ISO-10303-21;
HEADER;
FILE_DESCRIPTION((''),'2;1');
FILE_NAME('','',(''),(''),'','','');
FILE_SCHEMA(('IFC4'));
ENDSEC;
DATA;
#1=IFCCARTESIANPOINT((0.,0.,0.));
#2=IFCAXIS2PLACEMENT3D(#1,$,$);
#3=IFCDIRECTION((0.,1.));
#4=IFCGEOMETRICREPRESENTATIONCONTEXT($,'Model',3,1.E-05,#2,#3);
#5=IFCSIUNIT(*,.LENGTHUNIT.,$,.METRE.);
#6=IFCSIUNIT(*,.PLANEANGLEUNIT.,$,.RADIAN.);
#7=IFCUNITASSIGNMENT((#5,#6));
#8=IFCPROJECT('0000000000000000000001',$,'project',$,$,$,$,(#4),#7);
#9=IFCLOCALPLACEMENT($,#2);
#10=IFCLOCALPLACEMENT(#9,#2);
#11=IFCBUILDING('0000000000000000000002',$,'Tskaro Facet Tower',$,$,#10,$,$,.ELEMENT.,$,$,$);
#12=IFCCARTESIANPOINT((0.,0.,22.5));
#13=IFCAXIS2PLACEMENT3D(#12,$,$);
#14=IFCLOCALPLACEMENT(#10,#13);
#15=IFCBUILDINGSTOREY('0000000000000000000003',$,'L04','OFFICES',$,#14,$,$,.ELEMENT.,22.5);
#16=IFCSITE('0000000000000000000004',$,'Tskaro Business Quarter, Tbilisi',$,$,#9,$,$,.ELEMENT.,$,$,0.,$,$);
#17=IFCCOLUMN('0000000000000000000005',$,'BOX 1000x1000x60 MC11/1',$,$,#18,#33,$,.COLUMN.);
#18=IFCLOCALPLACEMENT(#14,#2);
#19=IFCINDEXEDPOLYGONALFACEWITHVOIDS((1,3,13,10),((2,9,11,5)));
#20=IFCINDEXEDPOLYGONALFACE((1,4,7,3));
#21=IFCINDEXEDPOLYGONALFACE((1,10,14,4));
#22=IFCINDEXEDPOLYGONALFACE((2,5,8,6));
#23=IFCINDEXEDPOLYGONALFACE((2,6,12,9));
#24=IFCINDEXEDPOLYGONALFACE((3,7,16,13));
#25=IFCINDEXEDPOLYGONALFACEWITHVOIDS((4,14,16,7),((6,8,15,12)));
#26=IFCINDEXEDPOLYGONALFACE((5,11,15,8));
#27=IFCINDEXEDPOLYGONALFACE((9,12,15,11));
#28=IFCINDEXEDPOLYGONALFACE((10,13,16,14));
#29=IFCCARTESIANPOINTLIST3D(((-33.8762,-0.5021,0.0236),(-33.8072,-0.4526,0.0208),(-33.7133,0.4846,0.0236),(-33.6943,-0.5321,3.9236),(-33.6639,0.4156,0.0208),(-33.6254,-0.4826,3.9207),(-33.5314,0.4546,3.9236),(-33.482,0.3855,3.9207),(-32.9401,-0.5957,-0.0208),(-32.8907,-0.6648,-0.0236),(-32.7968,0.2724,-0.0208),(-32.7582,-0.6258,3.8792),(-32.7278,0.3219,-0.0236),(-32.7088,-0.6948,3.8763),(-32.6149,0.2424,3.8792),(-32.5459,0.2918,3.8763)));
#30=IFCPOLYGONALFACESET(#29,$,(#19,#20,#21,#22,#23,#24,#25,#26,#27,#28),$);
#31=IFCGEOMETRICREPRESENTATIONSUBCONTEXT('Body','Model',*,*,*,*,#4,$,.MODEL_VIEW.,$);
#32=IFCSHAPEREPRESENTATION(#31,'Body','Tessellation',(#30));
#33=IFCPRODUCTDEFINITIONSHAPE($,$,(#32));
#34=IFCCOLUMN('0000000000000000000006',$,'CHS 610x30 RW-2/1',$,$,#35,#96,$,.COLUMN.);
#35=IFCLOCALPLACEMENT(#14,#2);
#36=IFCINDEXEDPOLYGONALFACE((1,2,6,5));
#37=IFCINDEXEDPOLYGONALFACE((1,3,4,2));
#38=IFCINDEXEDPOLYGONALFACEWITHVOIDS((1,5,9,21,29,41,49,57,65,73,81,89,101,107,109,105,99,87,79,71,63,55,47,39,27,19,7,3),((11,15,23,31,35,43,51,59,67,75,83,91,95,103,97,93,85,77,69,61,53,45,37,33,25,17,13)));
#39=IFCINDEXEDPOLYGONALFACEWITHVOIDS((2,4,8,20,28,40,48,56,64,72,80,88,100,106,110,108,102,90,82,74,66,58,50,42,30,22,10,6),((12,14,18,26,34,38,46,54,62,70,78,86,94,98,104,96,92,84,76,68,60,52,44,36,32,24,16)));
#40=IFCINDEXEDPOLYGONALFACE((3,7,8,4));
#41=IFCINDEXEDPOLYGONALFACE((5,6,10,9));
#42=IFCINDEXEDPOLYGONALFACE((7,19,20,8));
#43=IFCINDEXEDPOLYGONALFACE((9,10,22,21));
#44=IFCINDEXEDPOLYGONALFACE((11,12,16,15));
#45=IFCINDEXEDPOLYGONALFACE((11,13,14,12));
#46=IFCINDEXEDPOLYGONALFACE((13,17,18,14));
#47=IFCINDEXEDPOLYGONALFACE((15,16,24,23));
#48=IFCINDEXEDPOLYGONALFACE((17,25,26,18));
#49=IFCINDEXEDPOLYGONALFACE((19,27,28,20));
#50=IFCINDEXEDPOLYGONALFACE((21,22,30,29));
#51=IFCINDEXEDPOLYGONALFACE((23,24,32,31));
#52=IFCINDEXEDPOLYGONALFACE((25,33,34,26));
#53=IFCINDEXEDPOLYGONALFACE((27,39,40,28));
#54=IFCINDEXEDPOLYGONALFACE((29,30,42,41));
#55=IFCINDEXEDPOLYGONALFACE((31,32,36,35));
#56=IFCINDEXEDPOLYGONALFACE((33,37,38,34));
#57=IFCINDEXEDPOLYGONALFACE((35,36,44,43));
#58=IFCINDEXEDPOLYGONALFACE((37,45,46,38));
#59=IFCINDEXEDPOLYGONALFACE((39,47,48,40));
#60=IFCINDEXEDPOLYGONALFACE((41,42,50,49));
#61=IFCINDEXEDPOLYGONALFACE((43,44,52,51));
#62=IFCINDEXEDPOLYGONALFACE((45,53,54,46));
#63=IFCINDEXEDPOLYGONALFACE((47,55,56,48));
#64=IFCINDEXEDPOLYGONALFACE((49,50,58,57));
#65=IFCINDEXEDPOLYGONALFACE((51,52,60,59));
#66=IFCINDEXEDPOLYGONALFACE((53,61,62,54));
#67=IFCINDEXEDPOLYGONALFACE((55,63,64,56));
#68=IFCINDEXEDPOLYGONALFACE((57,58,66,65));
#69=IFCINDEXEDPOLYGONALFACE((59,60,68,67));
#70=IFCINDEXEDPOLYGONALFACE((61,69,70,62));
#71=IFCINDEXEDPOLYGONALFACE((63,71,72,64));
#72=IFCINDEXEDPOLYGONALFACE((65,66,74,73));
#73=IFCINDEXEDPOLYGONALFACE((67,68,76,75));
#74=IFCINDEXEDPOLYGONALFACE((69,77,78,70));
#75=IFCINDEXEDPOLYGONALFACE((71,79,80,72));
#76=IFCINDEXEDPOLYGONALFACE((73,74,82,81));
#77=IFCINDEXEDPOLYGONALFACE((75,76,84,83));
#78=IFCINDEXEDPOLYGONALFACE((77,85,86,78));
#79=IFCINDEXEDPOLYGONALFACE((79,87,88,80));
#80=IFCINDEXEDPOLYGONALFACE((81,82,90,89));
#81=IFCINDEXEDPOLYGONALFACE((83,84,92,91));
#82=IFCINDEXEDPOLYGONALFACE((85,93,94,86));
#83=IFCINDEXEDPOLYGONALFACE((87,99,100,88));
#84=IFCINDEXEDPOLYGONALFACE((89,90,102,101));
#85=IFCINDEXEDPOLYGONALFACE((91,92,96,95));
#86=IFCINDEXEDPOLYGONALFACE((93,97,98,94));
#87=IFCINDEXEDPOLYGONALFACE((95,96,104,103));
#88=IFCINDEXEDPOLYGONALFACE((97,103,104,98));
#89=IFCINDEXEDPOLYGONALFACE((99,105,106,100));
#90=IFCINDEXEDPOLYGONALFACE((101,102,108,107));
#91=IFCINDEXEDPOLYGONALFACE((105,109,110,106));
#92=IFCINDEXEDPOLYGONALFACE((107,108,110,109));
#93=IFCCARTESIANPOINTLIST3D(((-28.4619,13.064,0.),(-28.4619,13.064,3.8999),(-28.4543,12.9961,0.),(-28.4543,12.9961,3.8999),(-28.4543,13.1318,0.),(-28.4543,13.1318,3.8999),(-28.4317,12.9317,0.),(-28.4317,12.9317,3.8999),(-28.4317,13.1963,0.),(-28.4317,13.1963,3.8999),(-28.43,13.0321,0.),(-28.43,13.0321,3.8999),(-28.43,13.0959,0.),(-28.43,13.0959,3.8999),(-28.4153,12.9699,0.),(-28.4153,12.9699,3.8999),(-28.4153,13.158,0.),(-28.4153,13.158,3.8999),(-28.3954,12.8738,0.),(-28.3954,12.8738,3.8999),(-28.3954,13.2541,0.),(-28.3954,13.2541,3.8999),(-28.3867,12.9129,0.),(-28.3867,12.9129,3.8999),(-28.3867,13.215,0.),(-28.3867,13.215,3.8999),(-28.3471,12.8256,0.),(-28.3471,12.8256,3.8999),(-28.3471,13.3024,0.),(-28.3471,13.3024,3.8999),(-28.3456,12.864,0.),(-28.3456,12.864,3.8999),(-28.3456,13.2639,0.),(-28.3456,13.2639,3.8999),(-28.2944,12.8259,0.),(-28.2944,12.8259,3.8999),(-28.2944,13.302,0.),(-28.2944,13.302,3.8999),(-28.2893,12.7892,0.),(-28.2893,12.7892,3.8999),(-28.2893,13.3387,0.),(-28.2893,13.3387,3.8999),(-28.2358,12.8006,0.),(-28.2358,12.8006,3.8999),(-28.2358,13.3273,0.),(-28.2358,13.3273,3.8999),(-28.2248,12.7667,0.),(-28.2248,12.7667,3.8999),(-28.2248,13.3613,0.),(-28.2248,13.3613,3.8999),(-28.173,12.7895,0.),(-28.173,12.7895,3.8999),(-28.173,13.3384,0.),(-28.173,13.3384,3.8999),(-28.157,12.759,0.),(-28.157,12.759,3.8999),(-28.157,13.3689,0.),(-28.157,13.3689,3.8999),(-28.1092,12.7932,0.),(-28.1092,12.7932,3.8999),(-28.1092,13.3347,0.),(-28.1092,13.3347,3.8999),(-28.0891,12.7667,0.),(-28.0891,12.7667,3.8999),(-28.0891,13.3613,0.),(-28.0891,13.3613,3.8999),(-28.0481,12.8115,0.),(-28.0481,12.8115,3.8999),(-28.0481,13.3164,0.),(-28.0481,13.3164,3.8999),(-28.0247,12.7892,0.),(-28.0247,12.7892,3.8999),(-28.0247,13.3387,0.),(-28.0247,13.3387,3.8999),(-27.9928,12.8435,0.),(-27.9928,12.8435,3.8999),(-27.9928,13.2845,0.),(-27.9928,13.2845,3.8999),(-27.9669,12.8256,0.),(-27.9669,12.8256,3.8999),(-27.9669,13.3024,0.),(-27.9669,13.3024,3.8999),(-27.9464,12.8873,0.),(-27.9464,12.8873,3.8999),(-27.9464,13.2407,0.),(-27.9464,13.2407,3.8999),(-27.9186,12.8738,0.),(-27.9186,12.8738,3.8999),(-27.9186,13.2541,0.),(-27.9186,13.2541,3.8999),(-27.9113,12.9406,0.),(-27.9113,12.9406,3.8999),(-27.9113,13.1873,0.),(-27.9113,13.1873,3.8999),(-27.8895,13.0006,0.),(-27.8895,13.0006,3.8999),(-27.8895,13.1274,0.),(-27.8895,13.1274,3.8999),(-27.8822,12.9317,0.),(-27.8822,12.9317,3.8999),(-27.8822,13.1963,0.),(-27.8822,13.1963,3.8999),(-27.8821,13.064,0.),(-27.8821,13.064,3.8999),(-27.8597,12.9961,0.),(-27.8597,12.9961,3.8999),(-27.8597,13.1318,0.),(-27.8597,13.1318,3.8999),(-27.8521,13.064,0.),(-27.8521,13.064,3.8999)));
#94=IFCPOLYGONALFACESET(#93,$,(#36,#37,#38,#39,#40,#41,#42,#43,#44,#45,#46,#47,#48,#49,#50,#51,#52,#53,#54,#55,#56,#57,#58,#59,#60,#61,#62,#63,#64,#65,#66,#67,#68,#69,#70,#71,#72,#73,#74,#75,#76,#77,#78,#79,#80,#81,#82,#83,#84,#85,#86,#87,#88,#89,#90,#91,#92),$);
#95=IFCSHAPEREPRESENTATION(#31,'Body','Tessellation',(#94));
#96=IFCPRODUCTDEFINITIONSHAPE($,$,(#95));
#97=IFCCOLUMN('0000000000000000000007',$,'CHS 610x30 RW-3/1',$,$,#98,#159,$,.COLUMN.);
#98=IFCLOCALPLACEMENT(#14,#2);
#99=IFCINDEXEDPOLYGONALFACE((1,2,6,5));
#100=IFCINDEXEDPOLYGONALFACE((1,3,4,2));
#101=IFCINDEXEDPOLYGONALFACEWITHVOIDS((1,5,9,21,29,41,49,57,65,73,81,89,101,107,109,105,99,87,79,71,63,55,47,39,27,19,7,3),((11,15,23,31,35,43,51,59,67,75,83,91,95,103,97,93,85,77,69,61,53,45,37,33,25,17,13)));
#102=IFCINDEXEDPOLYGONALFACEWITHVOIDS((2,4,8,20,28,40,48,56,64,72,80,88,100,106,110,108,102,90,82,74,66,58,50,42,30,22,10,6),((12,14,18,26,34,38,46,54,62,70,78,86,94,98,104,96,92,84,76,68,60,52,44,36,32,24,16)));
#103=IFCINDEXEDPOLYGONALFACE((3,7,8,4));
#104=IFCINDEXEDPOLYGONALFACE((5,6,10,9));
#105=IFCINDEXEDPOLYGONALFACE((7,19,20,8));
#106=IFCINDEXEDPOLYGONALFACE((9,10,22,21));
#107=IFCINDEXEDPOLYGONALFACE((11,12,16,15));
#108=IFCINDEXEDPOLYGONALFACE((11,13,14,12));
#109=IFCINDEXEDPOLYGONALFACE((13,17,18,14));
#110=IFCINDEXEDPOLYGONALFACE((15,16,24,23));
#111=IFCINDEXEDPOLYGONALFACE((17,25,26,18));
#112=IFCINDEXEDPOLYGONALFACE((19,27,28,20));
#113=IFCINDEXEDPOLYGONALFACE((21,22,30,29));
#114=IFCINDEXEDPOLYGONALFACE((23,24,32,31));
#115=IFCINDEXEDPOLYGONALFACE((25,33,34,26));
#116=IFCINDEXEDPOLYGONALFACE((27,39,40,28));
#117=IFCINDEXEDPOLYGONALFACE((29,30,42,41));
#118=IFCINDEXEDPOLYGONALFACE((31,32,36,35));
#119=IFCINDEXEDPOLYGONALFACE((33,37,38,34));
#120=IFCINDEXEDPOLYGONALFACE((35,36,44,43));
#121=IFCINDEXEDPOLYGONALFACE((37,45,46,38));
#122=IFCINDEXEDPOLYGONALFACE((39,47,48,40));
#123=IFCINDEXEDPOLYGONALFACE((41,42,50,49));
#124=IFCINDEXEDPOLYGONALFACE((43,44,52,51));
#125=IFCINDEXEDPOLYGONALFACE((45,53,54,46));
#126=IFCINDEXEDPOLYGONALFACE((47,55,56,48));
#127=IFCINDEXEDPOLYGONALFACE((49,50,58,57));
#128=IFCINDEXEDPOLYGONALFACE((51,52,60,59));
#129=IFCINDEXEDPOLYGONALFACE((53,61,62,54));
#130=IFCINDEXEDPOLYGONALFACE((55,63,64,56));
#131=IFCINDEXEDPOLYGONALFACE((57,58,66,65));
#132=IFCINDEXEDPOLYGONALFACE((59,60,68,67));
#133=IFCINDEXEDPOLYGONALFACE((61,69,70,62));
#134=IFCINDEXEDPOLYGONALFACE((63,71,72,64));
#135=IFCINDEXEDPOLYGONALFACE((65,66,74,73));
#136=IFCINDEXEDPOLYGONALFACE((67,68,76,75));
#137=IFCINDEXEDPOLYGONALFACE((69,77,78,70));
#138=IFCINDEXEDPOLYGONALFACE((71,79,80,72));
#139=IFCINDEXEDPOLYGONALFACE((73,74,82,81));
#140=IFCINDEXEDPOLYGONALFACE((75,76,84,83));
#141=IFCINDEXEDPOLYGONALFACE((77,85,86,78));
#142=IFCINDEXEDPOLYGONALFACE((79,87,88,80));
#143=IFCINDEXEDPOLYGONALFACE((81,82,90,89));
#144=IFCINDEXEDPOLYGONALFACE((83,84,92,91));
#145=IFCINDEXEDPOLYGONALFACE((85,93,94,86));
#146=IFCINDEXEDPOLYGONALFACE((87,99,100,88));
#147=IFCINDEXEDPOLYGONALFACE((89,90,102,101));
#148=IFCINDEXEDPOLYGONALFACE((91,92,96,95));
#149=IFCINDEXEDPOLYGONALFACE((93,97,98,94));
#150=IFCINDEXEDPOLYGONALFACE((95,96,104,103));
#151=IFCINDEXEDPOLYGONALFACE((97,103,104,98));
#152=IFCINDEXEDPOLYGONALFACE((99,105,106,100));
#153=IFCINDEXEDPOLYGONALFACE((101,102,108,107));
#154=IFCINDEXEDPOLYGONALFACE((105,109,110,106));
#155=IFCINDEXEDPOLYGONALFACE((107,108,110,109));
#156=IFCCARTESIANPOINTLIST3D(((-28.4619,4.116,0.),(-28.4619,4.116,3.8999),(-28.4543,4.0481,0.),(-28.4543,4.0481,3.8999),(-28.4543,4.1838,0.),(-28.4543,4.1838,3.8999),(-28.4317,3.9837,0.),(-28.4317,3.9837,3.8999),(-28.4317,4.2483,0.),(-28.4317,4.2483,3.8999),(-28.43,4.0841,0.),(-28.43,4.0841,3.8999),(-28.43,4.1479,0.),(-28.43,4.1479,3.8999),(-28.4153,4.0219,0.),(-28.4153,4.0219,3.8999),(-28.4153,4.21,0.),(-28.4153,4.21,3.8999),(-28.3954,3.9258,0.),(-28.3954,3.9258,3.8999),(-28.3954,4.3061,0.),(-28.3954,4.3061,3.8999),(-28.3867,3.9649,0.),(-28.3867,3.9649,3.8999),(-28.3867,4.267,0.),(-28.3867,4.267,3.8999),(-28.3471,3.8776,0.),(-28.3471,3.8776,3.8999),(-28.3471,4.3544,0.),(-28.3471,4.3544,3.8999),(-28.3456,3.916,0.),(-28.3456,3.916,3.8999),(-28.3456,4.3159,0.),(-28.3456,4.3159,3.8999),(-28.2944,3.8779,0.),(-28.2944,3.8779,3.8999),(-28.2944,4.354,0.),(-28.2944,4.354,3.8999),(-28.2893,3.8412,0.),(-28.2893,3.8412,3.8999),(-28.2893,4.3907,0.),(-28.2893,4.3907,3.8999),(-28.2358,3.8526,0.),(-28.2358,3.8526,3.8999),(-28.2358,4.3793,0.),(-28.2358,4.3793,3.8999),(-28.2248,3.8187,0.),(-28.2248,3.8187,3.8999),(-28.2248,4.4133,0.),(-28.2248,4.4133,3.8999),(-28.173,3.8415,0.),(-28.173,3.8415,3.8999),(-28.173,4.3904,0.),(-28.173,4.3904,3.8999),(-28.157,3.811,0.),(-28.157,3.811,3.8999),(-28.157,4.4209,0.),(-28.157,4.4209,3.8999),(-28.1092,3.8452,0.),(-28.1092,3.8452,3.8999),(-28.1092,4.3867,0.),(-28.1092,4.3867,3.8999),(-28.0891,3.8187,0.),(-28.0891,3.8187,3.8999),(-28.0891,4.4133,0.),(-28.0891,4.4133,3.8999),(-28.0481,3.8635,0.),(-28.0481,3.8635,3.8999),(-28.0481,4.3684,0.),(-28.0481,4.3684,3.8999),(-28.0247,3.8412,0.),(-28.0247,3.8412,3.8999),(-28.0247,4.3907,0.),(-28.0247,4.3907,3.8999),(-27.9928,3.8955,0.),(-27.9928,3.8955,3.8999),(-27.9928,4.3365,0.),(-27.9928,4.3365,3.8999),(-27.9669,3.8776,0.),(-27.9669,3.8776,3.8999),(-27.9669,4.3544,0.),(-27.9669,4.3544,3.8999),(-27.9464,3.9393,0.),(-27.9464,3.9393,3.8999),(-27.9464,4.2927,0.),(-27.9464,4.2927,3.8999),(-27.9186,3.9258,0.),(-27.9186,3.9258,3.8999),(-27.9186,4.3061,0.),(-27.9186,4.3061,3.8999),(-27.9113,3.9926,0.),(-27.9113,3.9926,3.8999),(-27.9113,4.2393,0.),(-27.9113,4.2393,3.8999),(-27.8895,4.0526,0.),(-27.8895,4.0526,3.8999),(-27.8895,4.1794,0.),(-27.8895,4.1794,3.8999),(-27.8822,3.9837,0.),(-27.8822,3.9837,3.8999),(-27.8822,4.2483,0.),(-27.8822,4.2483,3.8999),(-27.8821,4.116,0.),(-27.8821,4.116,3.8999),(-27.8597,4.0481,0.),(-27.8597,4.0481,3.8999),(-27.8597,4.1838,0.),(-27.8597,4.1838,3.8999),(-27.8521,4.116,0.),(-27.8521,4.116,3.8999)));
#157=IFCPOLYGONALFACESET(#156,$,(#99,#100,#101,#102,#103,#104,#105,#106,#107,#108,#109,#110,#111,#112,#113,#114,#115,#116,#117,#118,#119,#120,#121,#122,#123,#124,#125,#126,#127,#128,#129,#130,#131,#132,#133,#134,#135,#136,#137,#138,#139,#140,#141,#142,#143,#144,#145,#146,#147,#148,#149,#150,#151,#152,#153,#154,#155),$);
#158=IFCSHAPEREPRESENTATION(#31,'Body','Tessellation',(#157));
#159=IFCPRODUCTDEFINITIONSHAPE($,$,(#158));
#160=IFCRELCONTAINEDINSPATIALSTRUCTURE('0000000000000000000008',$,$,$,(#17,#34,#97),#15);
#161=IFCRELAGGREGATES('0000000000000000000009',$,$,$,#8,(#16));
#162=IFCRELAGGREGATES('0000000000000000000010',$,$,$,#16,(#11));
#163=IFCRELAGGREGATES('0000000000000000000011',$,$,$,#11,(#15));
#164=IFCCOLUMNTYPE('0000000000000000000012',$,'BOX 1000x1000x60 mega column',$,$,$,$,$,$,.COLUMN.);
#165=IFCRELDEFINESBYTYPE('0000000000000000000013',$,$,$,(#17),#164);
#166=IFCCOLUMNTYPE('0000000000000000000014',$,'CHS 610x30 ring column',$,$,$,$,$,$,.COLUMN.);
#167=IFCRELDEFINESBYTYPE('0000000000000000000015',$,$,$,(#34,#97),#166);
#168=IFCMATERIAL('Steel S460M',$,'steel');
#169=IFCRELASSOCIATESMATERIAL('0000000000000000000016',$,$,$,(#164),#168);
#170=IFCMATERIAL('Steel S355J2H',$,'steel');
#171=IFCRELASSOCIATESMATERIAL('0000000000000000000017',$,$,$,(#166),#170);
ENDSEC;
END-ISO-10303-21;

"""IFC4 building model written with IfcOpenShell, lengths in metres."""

from ifc_helpers import new_model, si_unit, direction, frame, origin, origin_2d, place, context, subcontext, project, spatial, hollow_rectangle, hollow_circle, extrude, material, material_profile, profile_set, type_object, element, save


model = new_model("IFC4")

# Units and contexts
model_context = context("Model", 3, precision=1e-05, world=origin(), true_north=direction((0.0, 1.0)))
body_context = subcontext(model_context, "Body", "Model", "MODEL_VIEW")
ifc_project = project(units=[si_unit("LENGTHUNIT", "METRE"), si_unit("PLANEANGLEUNIT", "RADIAN")], contexts=[model_context])

# Site, building, storey
site_placement = place(None, origin())
site = spatial("IfcSite", under=ifc_project, at=site_placement, Name="Tskaro Business Quarter, Tbilisi", CompositionType="ELEMENT", RefElevation=0.0)
building_placement = place(site_placement, origin())
building = spatial("IfcBuilding", under=site, at=building_placement, Name="Tskaro Facet Tower", CompositionType="ELEMENT")
storey_placement = place(building_placement, frame((0.0, 0.0, 22.5)))
storey = spatial("IfcBuildingStorey", under=building, at=storey_placement, Name="L04", Description="OFFICES", CompositionType="ELEMENT", Elevation=22.5)

# Columns
ifc_material_1 = material(Name="Steel S460M", Category="steel")
ifc_material_profile_1 = material_profile(ifc_material_1, hollow_rectangle(XDim=1.0, YDim=1.0, WallThickness=0.0601, at=origin_2d()), Name="BOX 1000x1000x60")
ifc_profile_set_1 = profile_set([ifc_material_profile_1], Name="Steel S460M")
column_type_1 = type_object("IfcColumnType", Name="BOX 1000x1000x60 mega column", PredefinedType="COLUMN", material=ifc_profile_set_1)
column_placement = place(storey_placement, frame((-33.302, -0.0901, 0.0), z_axis=(0.046586, -0.007691, 0.998885), x_axis=(0.162895, 0.986643, 0.0)))
element("IfcColumn", 1, at=column_placement, inside=storey, type_object=column_type_1, Name="BOX 1000x1000x60 MC11/1", PredefinedType="COLUMN", context=body_context, shape_type="SweptSolid", body=[
    extrude(hollow_rectangle(XDim=1.0, YDim=1.0, WallThickness=0.0601, at=origin_2d()), origin(), (0.0, 0.0, 1.0), 3.9043),
])
ifc_material_2 = material(Name="Steel S355J2H", Category="steel")
ifc_material_profile_2 = material_profile(ifc_material_2, hollow_circle(Radius=0.3049, WallThickness=0.03, at=origin_2d()), Name="CHS 610x30")
ifc_profile_set_2 = profile_set([ifc_material_profile_2], Name="Steel S355J2H")
column_type_2 = type_object("IfcColumnType", Name="CHS 610x30 ring column", PredefinedType="COLUMN", material=ifc_profile_set_2)
for number, where, z_axis, x_axis, name in (
    (2, (-28.157, 13.064, 0.0), (0.0, 0.0, 1.0), (1.0, 0.0, 0.0), "CHS 610x30 RW-2/1"),
    (3, (-28.157, 4.116, 0.0), (0.0, 0.0, 1.0), (1.0, 0.0, 0.0), "CHS 610x30 RW-3/1"),
):
    element("IfcColumn", number, at=place(storey_placement, frame(where, z_axis=z_axis, x_axis=x_axis)), inside=storey, type_object=column_type_2, Name=name, PredefinedType="COLUMN", context=body_context, shape_type="SweptSolid", body=[
        extrude(hollow_circle(Radius=0.3049, WallThickness=0.03, at=origin_2d()), origin(), (0.0, 0.0, 1.0), 3.8999),
    ])

save(model, "model.ifc")
